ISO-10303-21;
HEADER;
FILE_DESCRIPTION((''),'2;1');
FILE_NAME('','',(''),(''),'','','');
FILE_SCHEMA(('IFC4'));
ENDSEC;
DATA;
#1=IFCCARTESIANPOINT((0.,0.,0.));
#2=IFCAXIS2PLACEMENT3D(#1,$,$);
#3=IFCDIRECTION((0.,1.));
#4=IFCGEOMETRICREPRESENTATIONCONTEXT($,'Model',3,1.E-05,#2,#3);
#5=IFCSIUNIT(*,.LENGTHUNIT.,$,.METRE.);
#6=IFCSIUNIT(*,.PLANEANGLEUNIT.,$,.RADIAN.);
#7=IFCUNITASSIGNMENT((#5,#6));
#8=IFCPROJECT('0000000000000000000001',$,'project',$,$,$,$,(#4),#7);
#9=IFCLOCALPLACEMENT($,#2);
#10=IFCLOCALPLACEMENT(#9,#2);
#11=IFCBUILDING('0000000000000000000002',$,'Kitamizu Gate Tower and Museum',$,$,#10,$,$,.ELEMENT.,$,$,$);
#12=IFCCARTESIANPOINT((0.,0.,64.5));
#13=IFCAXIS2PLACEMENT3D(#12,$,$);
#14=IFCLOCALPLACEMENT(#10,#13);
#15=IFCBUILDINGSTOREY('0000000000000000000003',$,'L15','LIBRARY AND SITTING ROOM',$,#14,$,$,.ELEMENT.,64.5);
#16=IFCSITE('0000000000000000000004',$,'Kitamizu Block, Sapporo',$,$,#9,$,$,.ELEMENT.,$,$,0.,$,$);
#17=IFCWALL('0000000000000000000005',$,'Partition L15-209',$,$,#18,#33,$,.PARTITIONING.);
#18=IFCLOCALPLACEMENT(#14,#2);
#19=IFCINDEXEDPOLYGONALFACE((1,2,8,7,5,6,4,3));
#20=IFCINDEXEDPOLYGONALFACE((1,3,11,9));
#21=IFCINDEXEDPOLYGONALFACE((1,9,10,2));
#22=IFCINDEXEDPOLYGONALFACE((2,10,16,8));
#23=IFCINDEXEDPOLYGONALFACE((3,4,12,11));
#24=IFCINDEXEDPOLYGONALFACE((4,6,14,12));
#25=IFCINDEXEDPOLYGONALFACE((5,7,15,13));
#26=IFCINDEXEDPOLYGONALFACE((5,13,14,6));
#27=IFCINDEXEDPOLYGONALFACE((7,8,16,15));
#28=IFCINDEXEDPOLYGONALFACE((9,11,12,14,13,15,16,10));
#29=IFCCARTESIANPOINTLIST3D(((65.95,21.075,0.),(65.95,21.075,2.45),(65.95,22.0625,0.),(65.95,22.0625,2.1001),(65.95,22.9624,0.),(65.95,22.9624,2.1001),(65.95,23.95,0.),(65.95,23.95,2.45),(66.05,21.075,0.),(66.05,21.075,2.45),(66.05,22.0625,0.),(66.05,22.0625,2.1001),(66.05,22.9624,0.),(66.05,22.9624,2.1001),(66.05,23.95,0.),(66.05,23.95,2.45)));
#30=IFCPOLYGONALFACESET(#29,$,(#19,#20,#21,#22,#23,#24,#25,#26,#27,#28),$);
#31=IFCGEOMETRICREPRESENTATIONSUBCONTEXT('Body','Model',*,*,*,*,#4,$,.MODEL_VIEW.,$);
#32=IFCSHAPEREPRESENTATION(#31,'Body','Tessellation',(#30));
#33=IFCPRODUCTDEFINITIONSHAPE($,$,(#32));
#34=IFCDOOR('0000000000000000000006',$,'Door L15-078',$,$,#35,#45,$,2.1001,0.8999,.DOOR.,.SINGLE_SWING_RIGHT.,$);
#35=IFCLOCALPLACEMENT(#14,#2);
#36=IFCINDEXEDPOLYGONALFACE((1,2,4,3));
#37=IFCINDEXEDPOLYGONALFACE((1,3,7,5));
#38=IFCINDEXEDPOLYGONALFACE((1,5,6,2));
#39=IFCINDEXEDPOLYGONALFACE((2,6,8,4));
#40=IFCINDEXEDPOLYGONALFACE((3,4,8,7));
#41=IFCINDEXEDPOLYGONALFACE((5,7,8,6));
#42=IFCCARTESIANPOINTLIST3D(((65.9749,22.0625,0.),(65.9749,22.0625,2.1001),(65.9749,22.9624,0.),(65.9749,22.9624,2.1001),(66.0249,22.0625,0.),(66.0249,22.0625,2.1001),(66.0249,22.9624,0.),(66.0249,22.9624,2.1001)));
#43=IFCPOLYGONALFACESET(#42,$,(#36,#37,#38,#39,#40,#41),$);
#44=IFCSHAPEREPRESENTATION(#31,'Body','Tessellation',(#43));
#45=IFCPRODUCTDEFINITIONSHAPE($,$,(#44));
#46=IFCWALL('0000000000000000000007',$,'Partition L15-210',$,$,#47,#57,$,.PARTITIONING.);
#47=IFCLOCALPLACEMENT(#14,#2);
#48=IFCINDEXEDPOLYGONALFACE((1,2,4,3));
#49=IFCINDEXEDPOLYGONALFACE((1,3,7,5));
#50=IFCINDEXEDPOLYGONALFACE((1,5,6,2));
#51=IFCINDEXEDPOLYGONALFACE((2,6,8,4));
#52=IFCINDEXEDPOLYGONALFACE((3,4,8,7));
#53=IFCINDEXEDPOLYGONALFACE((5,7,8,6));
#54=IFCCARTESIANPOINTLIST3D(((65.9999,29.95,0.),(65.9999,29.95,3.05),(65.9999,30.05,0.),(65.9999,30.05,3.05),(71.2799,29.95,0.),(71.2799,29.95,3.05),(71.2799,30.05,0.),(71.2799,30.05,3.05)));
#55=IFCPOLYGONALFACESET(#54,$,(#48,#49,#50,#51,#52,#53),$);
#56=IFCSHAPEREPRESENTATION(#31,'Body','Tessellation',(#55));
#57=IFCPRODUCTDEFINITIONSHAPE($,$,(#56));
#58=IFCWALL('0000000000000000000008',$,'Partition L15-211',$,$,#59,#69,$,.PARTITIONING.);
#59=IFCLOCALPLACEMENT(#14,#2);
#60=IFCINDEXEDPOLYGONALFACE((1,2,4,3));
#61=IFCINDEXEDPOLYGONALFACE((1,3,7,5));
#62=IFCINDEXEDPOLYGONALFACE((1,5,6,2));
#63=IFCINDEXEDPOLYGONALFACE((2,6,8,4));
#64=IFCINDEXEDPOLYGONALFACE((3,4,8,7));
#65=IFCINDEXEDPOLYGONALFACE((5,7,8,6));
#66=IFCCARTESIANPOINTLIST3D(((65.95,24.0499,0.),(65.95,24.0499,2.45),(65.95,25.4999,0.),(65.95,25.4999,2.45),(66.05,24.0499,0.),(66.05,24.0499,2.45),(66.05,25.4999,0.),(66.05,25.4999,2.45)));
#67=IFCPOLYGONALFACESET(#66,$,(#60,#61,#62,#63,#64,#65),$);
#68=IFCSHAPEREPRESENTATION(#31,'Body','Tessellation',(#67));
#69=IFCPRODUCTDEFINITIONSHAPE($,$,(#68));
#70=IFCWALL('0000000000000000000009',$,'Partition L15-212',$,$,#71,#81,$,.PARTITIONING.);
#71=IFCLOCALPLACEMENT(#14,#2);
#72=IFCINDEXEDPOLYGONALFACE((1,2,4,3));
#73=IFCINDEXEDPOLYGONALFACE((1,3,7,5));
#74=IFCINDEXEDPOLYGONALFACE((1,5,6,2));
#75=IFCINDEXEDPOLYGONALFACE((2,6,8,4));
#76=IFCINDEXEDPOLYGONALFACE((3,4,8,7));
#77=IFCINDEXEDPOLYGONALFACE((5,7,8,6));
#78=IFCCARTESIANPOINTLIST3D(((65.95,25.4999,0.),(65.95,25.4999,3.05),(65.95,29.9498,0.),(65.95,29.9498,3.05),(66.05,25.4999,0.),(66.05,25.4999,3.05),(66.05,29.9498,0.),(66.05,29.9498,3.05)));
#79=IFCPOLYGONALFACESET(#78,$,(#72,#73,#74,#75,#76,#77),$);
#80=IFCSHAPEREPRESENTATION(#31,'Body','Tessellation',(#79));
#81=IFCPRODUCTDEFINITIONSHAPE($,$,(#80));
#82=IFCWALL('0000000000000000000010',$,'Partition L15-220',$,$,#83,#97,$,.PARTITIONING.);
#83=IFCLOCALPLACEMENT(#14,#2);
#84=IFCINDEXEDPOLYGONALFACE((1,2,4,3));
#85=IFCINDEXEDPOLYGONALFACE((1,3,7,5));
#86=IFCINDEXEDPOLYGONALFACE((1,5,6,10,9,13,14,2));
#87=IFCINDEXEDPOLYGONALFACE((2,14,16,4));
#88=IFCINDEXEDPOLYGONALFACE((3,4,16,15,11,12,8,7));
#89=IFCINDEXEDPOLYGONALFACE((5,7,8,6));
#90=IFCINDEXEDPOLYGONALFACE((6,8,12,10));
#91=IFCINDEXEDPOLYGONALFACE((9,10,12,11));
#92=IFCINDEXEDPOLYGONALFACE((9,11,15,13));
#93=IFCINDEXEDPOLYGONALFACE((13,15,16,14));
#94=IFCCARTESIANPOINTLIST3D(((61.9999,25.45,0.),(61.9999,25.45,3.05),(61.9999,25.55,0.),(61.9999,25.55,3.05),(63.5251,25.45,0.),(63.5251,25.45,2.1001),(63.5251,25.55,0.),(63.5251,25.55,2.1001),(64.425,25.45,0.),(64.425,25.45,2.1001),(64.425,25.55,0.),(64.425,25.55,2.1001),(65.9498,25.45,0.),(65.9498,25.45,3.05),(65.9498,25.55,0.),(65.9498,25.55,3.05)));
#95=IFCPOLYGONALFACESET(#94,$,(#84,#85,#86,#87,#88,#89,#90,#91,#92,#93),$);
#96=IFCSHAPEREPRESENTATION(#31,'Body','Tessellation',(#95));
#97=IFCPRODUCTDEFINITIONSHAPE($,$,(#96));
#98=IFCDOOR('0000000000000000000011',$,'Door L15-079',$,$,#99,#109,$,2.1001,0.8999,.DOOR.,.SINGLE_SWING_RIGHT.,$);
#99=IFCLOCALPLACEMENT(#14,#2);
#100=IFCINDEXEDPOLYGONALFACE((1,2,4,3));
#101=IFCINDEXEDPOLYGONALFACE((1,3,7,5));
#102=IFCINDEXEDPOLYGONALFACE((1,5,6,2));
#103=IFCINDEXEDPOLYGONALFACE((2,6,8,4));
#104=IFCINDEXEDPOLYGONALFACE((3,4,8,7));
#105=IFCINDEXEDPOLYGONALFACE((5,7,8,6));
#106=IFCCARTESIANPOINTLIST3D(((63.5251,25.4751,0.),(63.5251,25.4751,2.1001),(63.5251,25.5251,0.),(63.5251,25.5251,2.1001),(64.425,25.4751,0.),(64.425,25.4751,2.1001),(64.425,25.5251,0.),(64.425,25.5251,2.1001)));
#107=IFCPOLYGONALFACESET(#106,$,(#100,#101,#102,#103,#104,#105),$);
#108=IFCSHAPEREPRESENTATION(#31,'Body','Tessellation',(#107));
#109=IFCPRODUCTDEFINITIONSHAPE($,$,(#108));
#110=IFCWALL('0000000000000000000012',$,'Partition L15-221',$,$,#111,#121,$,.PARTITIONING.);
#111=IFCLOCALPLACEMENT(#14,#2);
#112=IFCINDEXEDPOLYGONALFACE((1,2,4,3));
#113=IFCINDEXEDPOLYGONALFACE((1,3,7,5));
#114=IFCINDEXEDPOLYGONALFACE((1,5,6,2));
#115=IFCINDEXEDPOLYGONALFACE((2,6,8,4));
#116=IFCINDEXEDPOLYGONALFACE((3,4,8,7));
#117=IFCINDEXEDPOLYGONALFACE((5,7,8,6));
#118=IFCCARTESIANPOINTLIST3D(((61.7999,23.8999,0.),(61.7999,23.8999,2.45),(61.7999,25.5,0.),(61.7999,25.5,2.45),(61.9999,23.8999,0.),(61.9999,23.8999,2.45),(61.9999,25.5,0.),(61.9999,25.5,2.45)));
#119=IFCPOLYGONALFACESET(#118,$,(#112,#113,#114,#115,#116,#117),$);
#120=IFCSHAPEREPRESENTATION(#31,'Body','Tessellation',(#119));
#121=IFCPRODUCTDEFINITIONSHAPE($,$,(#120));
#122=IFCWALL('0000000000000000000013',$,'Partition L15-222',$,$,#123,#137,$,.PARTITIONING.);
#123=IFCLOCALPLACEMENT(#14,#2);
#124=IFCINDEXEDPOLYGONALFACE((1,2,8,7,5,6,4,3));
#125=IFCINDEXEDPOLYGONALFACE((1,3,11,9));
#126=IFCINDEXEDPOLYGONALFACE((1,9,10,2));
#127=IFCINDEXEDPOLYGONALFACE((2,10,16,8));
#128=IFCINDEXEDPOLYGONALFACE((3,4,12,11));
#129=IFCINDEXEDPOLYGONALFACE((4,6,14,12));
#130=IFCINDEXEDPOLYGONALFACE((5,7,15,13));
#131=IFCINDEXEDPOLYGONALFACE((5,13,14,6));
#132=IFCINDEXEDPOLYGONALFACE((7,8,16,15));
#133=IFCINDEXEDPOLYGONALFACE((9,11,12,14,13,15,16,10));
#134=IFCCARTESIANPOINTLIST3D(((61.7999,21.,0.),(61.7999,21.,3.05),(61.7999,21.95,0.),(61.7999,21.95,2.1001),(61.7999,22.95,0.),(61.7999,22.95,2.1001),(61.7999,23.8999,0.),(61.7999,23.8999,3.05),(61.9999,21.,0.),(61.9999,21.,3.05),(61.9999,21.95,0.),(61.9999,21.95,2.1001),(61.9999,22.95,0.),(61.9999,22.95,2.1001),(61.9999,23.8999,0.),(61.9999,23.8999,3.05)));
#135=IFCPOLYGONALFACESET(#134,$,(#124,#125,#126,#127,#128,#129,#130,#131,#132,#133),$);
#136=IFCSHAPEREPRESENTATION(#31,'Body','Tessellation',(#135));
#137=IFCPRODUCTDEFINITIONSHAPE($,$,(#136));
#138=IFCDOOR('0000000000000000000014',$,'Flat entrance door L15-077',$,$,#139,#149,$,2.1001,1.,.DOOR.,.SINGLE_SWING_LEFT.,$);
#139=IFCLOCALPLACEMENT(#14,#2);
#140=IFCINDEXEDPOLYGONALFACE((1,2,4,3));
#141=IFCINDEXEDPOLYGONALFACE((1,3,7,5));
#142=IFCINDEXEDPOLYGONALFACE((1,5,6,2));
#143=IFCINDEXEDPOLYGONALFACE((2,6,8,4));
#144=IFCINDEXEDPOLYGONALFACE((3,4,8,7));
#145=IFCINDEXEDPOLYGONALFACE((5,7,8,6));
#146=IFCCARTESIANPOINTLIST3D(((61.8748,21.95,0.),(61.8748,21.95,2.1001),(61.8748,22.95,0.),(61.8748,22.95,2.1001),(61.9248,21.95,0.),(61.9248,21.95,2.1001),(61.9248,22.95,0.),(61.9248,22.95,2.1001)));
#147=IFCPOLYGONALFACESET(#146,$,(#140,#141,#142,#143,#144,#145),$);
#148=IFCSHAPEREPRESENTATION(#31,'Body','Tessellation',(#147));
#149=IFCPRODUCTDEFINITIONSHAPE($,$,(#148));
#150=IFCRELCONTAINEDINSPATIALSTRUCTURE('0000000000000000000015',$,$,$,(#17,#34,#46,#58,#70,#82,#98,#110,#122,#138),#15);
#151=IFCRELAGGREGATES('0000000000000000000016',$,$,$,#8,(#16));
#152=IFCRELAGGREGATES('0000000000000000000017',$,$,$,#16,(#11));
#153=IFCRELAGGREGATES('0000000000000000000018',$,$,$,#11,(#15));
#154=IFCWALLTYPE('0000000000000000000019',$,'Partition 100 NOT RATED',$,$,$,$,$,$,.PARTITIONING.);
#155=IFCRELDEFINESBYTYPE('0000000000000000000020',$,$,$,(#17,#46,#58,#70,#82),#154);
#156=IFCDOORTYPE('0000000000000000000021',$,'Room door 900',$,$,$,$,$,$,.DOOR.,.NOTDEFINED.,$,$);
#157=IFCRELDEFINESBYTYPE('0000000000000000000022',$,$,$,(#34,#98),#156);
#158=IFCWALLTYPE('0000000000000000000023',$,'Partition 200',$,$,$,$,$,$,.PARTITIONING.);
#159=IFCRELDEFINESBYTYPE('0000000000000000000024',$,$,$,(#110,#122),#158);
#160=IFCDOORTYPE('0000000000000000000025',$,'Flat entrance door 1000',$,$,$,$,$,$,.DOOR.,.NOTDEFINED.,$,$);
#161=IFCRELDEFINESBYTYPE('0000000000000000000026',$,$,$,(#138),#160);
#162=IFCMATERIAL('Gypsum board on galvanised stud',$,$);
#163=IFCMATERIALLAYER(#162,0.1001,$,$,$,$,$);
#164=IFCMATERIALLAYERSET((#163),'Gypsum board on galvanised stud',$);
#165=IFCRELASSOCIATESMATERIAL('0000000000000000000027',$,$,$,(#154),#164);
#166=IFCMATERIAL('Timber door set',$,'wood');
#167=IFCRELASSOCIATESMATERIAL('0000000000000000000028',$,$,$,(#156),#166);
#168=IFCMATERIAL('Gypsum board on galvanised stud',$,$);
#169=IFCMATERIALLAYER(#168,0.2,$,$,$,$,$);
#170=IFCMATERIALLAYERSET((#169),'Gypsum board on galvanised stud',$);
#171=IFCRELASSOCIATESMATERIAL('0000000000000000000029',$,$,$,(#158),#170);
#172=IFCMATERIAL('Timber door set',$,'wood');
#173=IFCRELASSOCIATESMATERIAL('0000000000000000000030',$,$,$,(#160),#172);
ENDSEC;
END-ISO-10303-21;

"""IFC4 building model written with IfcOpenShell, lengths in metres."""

from ifc_helpers import new_model, si_unit, direction, frame, frame_2d, origin, place, context, subcontext, project, spatial, rectangle, extrude, material, layer, layer_set, type_object, element, fill, save


model = new_model("IFC4")

# Units and contexts
model_context = context("Model", 3, precision=1e-05, world=origin(), true_north=direction((0.0, 1.0)))
body_context = subcontext(model_context, "Body", "Model", "MODEL_VIEW")
ifc_project = project(units=[si_unit("LENGTHUNIT", "METRE"), si_unit("PLANEANGLEUNIT", "RADIAN")], contexts=[model_context])

# Site, building, storey
site_placement = place(None, origin())
site = spatial("IfcSite", under=ifc_project, at=site_placement, Name="Kitamizu Block, Sapporo", CompositionType="ELEMENT", RefElevation=0.0)
building_placement = place(site_placement, origin())
building = spatial("IfcBuilding", under=site, at=building_placement, Name="Kitamizu Gate Tower and Museum", CompositionType="ELEMENT")
storey_placement = place(building_placement, frame((0.0, 0.0, 64.5)))
storey = spatial("IfcBuildingStorey", under=building, at=storey_placement, Name="L15", Description="LIBRARY AND SITTING ROOM", CompositionType="ELEMENT", Elevation=64.5)

# Wall, opening, door
ifc_material_1 = material(Name="Gypsum board on galvanised stud")
ifc_layer_1 = layer(ifc_material_1, 0.1001)
ifc_layer_set_1 = layer_set([ifc_layer_1], Name="Gypsum board on galvanised stud")
wall_type_1 = type_object("IfcWallType", Name="Partition 100 NOT RATED", PredefinedType="PARTITIONING", material=ifc_layer_set_1)
ifc_material_2 = material(Name="Timber door set", Category="wood")
door_type_1 = type_object("IfcDoorType", Name="Room door 900", OperationType="NOTDEFINED", PredefinedType="DOOR", material=ifc_material_2)
wall_1_placement = place(storey_placement, frame((66.0, 23.95, 0.0), z_axis=(0.0, 0.0, 1.0), x_axis=(0.0, -1.0, 0.0)))
wall_1 = element("IfcWall", 1, at=wall_1_placement, inside=storey, type_object=wall_type_1, Name="Partition L15-209", PredefinedType="PARTITIONING", context=body_context, shape_type="SweptSolid", body=[
    extrude(rectangle(XDim=2.875, YDim=0.1001, at=frame_2d((1.4375, 0.0))), origin(), (0.0, 0.0, 1.0), 2.45),
])
opening_1_placement = place(wall_1_placement, frame((0.9875, 0.0, 0.0)))
opening_1 = element("IfcOpeningElement", 2, at=opening_1_placement, cuts=wall_1, PredefinedType="OPENING", context=body_context, shape_type="SweptSolid", body=[
    extrude(rectangle(XDim=0.8999, YDim=2.1001, at=frame_2d((0.45, 1.05))), frame((0.0, 0.0601, 0.0), z_axis=(0.0, -1.0, 0.0), x_axis=(1.0, 0.0, 0.0)), (0.0, 0.0, 1.0), 0.1201),
])
door_1_placement = place(opening_1_placement, origin())
door_1 = element("IfcDoor", 3, at=door_1_placement, inside=storey, type_object=door_type_1, Name="Door L15-078", OperationType="SINGLE_SWING_RIGHT", OverallHeight=2.1001, OverallWidth=0.8999, PredefinedType="DOOR", context=body_context, shape_type="SweptSolid", body=[
    extrude(rectangle(XDim=0.8999, YDim=2.1001, at=frame_2d((0.45, 1.05))), frame((0.0, 0.0249, 0.0), z_axis=(0.0, -1.0, 0.0), x_axis=(1.0, 0.0, 0.0)), (0.0, 0.0, 1.0), 0.05),
])
fill(opening_1, door_1)

# Walls
wall_2_placement = place(storey_placement, frame((71.28, 30.0, 0.0), z_axis=(0.0, 0.0, 1.0), x_axis=(-1.0, 0.0, 0.0)))
element("IfcWall", 4, at=wall_2_placement, inside=storey, type_object=wall_type_1, Name="Partition L15-210", PredefinedType="PARTITIONING", context=body_context, shape_type="SweptSolid", body=[
    extrude(rectangle(XDim=5.28, YDim=0.1001, at=frame_2d((2.6401, 0.0))), origin(), (0.0, 0.0, 1.0), 3.05),
])
wall_3_placement = place(storey_placement, frame((66.0, 25.5, 0.0), z_axis=(0.0, 0.0, 1.0), x_axis=(0.0, -1.0, 0.0)))
element("IfcWall", 5, at=wall_3_placement, inside=storey, type_object=wall_type_1, Name="Partition L15-211", PredefinedType="PARTITIONING", context=body_context, shape_type="SweptSolid", body=[
    extrude(rectangle(XDim=1.45, YDim=0.1001, at=frame_2d((0.7251, 0.0))), origin(), (0.0, 0.0, 1.0), 2.45),
])
wall_4_placement = place(storey_placement, frame((66.0, 29.95, 0.0), z_axis=(0.0, 0.0, 1.0), x_axis=(0.0, -1.0, 0.0)))
element("IfcWall", 6, at=wall_4_placement, inside=storey, type_object=wall_type_1, Name="Partition L15-212", PredefinedType="PARTITIONING", context=body_context, shape_type="SweptSolid", body=[
    extrude(rectangle(XDim=4.45, YDim=0.1001, at=frame_2d((2.2251, 0.0))), origin(), (0.0, 0.0, 1.0), 3.05),
])

# Wall, opening, door
wall_5_placement = place(storey_placement, frame((65.95, 25.5, 0.0), z_axis=(0.0, 0.0, 1.0), x_axis=(-1.0, 0.0, 0.0)))
wall_5 = element("IfcWall", 7, at=wall_5_placement, inside=storey, type_object=wall_type_1, Name="Partition L15-220", PredefinedType="PARTITIONING", context=body_context, shape_type="SweptSolid", body=[
    extrude(rectangle(XDim=3.95, YDim=0.1001, at=frame_2d((1.9751, 0.0))), origin(), (0.0, 0.0, 1.0), 3.05),
])
opening_2_placement = place(wall_5_placement, frame((1.5249, 0.0, 0.0)))
opening_2 = element("IfcOpeningElement", 8, at=opening_2_placement, cuts=wall_5, PredefinedType="OPENING", context=body_context, shape_type="SweptSolid", body=[
    extrude(rectangle(XDim=0.8999, YDim=2.1001, at=frame_2d((0.45, 1.05))), frame((0.0, 0.0601, 0.0), z_axis=(0.0, -1.0, 0.0), x_axis=(1.0, 0.0, 0.0)), (0.0, 0.0, 1.0), 0.1201),
])
door_2_placement = place(opening_2_placement, origin())
door_2 = element("IfcDoor", 9, at=door_2_placement, inside=storey, type_object=door_type_1, Name="Door L15-079", OperationType="SINGLE_SWING_RIGHT", OverallHeight=2.1001, OverallWidth=0.8999, PredefinedType="DOOR", context=body_context, shape_type="SweptSolid", body=[
    extrude(rectangle(XDim=0.8999, YDim=2.1001, at=frame_2d((0.45, 1.05))), frame((0.0, 0.0249, 0.0), z_axis=(0.0, -1.0, 0.0), x_axis=(1.0, 0.0, 0.0)), (0.0, 0.0, 1.0), 0.05),
])
fill(opening_2, door_2)

# Wall
ifc_material_3 = material(Name="Gypsum board on galvanised stud")
ifc_layer_2 = layer(ifc_material_3, 0.2)
ifc_layer_set_2 = layer_set([ifc_layer_2], Name="Gypsum board on galvanised stud")
wall_type_2 = type_object("IfcWallType", Name="Partition 200", PredefinedType="PARTITIONING", material=ifc_layer_set_2)
wall_6_placement = place(storey_placement, frame((61.8999, 25.5, 0.0), z_axis=(0.0, 0.0, 1.0), x_axis=(0.0, -1.0, 0.0)))
element("IfcWall", 10, at=wall_6_placement, inside=storey, type_object=wall_type_2, Name="Partition L15-221", PredefinedType="PARTITIONING", context=body_context, shape_type="SweptSolid", body=[
    extrude(rectangle(XDim=1.6001, YDim=0.2, at=frame_2d((0.8, 0.0))), origin(), (0.0, 0.0, 1.0), 2.45),
])

# Wall, opening, door
wall_7_placement = place(storey_placement, frame((61.8999, 23.8999, 0.0), z_axis=(0.0, 0.0, 1.0), x_axis=(0.0, -1.0, 0.0)))
wall_7 = element("IfcWall", 11, at=wall_7_placement, inside=storey, type_object=wall_type_2, Name="Partition L15-222", PredefinedType="PARTITIONING", context=body_context, shape_type="SweptSolid", body=[
    extrude(rectangle(XDim=2.8999, YDim=0.2, at=frame_2d((1.45, 0.0))), origin(), (0.0, 0.0, 1.0), 3.05),
])
opening_3_placement = place(wall_7_placement, frame((0.95, 0.0, 0.0)))
opening_3 = element("IfcOpeningElement", 12, at=opening_3_placement, cuts=wall_7, PredefinedType="OPENING", context=body_context, shape_type="SweptSolid", body=[
    extrude(rectangle(XDim=1.0, YDim=2.1001, at=frame_2d((0.5, 1.05))), frame((0.0, 0.1099, 0.0), z_axis=(0.0, -1.0, 0.0), x_axis=(1.0, 0.0, 0.0)), (0.0, 0.0, 1.0), 0.22),
])
ifc_material_4 = material(Name="Timber door set", Category="wood")
door_type_2 = type_object("IfcDoorType", Name="Flat entrance door 1000", OperationType="NOTDEFINED", PredefinedType="DOOR", material=ifc_material_4)
door_3_placement = place(opening_3_placement, origin())
door_3 = element("IfcDoor", 13, at=door_3_placement, inside=storey, type_object=door_type_2, Name="Flat entrance door L15-077", OperationType="SINGLE_SWING_LEFT", OverallHeight=2.1001, OverallWidth=1.0, PredefinedType="DOOR", context=body_context, shape_type="SweptSolid", body=[
    extrude(rectangle(XDim=1.0, YDim=2.1001, at=frame_2d((0.5, 1.05))), frame((0.0, 0.0249, 0.0), z_axis=(0.0, -1.0, 0.0), x_axis=(1.0, 0.0, 0.0)), (0.0, 0.0, 1.0), 0.05),
])
fill(opening_3, door_3)

save(model, "model.ifc")
